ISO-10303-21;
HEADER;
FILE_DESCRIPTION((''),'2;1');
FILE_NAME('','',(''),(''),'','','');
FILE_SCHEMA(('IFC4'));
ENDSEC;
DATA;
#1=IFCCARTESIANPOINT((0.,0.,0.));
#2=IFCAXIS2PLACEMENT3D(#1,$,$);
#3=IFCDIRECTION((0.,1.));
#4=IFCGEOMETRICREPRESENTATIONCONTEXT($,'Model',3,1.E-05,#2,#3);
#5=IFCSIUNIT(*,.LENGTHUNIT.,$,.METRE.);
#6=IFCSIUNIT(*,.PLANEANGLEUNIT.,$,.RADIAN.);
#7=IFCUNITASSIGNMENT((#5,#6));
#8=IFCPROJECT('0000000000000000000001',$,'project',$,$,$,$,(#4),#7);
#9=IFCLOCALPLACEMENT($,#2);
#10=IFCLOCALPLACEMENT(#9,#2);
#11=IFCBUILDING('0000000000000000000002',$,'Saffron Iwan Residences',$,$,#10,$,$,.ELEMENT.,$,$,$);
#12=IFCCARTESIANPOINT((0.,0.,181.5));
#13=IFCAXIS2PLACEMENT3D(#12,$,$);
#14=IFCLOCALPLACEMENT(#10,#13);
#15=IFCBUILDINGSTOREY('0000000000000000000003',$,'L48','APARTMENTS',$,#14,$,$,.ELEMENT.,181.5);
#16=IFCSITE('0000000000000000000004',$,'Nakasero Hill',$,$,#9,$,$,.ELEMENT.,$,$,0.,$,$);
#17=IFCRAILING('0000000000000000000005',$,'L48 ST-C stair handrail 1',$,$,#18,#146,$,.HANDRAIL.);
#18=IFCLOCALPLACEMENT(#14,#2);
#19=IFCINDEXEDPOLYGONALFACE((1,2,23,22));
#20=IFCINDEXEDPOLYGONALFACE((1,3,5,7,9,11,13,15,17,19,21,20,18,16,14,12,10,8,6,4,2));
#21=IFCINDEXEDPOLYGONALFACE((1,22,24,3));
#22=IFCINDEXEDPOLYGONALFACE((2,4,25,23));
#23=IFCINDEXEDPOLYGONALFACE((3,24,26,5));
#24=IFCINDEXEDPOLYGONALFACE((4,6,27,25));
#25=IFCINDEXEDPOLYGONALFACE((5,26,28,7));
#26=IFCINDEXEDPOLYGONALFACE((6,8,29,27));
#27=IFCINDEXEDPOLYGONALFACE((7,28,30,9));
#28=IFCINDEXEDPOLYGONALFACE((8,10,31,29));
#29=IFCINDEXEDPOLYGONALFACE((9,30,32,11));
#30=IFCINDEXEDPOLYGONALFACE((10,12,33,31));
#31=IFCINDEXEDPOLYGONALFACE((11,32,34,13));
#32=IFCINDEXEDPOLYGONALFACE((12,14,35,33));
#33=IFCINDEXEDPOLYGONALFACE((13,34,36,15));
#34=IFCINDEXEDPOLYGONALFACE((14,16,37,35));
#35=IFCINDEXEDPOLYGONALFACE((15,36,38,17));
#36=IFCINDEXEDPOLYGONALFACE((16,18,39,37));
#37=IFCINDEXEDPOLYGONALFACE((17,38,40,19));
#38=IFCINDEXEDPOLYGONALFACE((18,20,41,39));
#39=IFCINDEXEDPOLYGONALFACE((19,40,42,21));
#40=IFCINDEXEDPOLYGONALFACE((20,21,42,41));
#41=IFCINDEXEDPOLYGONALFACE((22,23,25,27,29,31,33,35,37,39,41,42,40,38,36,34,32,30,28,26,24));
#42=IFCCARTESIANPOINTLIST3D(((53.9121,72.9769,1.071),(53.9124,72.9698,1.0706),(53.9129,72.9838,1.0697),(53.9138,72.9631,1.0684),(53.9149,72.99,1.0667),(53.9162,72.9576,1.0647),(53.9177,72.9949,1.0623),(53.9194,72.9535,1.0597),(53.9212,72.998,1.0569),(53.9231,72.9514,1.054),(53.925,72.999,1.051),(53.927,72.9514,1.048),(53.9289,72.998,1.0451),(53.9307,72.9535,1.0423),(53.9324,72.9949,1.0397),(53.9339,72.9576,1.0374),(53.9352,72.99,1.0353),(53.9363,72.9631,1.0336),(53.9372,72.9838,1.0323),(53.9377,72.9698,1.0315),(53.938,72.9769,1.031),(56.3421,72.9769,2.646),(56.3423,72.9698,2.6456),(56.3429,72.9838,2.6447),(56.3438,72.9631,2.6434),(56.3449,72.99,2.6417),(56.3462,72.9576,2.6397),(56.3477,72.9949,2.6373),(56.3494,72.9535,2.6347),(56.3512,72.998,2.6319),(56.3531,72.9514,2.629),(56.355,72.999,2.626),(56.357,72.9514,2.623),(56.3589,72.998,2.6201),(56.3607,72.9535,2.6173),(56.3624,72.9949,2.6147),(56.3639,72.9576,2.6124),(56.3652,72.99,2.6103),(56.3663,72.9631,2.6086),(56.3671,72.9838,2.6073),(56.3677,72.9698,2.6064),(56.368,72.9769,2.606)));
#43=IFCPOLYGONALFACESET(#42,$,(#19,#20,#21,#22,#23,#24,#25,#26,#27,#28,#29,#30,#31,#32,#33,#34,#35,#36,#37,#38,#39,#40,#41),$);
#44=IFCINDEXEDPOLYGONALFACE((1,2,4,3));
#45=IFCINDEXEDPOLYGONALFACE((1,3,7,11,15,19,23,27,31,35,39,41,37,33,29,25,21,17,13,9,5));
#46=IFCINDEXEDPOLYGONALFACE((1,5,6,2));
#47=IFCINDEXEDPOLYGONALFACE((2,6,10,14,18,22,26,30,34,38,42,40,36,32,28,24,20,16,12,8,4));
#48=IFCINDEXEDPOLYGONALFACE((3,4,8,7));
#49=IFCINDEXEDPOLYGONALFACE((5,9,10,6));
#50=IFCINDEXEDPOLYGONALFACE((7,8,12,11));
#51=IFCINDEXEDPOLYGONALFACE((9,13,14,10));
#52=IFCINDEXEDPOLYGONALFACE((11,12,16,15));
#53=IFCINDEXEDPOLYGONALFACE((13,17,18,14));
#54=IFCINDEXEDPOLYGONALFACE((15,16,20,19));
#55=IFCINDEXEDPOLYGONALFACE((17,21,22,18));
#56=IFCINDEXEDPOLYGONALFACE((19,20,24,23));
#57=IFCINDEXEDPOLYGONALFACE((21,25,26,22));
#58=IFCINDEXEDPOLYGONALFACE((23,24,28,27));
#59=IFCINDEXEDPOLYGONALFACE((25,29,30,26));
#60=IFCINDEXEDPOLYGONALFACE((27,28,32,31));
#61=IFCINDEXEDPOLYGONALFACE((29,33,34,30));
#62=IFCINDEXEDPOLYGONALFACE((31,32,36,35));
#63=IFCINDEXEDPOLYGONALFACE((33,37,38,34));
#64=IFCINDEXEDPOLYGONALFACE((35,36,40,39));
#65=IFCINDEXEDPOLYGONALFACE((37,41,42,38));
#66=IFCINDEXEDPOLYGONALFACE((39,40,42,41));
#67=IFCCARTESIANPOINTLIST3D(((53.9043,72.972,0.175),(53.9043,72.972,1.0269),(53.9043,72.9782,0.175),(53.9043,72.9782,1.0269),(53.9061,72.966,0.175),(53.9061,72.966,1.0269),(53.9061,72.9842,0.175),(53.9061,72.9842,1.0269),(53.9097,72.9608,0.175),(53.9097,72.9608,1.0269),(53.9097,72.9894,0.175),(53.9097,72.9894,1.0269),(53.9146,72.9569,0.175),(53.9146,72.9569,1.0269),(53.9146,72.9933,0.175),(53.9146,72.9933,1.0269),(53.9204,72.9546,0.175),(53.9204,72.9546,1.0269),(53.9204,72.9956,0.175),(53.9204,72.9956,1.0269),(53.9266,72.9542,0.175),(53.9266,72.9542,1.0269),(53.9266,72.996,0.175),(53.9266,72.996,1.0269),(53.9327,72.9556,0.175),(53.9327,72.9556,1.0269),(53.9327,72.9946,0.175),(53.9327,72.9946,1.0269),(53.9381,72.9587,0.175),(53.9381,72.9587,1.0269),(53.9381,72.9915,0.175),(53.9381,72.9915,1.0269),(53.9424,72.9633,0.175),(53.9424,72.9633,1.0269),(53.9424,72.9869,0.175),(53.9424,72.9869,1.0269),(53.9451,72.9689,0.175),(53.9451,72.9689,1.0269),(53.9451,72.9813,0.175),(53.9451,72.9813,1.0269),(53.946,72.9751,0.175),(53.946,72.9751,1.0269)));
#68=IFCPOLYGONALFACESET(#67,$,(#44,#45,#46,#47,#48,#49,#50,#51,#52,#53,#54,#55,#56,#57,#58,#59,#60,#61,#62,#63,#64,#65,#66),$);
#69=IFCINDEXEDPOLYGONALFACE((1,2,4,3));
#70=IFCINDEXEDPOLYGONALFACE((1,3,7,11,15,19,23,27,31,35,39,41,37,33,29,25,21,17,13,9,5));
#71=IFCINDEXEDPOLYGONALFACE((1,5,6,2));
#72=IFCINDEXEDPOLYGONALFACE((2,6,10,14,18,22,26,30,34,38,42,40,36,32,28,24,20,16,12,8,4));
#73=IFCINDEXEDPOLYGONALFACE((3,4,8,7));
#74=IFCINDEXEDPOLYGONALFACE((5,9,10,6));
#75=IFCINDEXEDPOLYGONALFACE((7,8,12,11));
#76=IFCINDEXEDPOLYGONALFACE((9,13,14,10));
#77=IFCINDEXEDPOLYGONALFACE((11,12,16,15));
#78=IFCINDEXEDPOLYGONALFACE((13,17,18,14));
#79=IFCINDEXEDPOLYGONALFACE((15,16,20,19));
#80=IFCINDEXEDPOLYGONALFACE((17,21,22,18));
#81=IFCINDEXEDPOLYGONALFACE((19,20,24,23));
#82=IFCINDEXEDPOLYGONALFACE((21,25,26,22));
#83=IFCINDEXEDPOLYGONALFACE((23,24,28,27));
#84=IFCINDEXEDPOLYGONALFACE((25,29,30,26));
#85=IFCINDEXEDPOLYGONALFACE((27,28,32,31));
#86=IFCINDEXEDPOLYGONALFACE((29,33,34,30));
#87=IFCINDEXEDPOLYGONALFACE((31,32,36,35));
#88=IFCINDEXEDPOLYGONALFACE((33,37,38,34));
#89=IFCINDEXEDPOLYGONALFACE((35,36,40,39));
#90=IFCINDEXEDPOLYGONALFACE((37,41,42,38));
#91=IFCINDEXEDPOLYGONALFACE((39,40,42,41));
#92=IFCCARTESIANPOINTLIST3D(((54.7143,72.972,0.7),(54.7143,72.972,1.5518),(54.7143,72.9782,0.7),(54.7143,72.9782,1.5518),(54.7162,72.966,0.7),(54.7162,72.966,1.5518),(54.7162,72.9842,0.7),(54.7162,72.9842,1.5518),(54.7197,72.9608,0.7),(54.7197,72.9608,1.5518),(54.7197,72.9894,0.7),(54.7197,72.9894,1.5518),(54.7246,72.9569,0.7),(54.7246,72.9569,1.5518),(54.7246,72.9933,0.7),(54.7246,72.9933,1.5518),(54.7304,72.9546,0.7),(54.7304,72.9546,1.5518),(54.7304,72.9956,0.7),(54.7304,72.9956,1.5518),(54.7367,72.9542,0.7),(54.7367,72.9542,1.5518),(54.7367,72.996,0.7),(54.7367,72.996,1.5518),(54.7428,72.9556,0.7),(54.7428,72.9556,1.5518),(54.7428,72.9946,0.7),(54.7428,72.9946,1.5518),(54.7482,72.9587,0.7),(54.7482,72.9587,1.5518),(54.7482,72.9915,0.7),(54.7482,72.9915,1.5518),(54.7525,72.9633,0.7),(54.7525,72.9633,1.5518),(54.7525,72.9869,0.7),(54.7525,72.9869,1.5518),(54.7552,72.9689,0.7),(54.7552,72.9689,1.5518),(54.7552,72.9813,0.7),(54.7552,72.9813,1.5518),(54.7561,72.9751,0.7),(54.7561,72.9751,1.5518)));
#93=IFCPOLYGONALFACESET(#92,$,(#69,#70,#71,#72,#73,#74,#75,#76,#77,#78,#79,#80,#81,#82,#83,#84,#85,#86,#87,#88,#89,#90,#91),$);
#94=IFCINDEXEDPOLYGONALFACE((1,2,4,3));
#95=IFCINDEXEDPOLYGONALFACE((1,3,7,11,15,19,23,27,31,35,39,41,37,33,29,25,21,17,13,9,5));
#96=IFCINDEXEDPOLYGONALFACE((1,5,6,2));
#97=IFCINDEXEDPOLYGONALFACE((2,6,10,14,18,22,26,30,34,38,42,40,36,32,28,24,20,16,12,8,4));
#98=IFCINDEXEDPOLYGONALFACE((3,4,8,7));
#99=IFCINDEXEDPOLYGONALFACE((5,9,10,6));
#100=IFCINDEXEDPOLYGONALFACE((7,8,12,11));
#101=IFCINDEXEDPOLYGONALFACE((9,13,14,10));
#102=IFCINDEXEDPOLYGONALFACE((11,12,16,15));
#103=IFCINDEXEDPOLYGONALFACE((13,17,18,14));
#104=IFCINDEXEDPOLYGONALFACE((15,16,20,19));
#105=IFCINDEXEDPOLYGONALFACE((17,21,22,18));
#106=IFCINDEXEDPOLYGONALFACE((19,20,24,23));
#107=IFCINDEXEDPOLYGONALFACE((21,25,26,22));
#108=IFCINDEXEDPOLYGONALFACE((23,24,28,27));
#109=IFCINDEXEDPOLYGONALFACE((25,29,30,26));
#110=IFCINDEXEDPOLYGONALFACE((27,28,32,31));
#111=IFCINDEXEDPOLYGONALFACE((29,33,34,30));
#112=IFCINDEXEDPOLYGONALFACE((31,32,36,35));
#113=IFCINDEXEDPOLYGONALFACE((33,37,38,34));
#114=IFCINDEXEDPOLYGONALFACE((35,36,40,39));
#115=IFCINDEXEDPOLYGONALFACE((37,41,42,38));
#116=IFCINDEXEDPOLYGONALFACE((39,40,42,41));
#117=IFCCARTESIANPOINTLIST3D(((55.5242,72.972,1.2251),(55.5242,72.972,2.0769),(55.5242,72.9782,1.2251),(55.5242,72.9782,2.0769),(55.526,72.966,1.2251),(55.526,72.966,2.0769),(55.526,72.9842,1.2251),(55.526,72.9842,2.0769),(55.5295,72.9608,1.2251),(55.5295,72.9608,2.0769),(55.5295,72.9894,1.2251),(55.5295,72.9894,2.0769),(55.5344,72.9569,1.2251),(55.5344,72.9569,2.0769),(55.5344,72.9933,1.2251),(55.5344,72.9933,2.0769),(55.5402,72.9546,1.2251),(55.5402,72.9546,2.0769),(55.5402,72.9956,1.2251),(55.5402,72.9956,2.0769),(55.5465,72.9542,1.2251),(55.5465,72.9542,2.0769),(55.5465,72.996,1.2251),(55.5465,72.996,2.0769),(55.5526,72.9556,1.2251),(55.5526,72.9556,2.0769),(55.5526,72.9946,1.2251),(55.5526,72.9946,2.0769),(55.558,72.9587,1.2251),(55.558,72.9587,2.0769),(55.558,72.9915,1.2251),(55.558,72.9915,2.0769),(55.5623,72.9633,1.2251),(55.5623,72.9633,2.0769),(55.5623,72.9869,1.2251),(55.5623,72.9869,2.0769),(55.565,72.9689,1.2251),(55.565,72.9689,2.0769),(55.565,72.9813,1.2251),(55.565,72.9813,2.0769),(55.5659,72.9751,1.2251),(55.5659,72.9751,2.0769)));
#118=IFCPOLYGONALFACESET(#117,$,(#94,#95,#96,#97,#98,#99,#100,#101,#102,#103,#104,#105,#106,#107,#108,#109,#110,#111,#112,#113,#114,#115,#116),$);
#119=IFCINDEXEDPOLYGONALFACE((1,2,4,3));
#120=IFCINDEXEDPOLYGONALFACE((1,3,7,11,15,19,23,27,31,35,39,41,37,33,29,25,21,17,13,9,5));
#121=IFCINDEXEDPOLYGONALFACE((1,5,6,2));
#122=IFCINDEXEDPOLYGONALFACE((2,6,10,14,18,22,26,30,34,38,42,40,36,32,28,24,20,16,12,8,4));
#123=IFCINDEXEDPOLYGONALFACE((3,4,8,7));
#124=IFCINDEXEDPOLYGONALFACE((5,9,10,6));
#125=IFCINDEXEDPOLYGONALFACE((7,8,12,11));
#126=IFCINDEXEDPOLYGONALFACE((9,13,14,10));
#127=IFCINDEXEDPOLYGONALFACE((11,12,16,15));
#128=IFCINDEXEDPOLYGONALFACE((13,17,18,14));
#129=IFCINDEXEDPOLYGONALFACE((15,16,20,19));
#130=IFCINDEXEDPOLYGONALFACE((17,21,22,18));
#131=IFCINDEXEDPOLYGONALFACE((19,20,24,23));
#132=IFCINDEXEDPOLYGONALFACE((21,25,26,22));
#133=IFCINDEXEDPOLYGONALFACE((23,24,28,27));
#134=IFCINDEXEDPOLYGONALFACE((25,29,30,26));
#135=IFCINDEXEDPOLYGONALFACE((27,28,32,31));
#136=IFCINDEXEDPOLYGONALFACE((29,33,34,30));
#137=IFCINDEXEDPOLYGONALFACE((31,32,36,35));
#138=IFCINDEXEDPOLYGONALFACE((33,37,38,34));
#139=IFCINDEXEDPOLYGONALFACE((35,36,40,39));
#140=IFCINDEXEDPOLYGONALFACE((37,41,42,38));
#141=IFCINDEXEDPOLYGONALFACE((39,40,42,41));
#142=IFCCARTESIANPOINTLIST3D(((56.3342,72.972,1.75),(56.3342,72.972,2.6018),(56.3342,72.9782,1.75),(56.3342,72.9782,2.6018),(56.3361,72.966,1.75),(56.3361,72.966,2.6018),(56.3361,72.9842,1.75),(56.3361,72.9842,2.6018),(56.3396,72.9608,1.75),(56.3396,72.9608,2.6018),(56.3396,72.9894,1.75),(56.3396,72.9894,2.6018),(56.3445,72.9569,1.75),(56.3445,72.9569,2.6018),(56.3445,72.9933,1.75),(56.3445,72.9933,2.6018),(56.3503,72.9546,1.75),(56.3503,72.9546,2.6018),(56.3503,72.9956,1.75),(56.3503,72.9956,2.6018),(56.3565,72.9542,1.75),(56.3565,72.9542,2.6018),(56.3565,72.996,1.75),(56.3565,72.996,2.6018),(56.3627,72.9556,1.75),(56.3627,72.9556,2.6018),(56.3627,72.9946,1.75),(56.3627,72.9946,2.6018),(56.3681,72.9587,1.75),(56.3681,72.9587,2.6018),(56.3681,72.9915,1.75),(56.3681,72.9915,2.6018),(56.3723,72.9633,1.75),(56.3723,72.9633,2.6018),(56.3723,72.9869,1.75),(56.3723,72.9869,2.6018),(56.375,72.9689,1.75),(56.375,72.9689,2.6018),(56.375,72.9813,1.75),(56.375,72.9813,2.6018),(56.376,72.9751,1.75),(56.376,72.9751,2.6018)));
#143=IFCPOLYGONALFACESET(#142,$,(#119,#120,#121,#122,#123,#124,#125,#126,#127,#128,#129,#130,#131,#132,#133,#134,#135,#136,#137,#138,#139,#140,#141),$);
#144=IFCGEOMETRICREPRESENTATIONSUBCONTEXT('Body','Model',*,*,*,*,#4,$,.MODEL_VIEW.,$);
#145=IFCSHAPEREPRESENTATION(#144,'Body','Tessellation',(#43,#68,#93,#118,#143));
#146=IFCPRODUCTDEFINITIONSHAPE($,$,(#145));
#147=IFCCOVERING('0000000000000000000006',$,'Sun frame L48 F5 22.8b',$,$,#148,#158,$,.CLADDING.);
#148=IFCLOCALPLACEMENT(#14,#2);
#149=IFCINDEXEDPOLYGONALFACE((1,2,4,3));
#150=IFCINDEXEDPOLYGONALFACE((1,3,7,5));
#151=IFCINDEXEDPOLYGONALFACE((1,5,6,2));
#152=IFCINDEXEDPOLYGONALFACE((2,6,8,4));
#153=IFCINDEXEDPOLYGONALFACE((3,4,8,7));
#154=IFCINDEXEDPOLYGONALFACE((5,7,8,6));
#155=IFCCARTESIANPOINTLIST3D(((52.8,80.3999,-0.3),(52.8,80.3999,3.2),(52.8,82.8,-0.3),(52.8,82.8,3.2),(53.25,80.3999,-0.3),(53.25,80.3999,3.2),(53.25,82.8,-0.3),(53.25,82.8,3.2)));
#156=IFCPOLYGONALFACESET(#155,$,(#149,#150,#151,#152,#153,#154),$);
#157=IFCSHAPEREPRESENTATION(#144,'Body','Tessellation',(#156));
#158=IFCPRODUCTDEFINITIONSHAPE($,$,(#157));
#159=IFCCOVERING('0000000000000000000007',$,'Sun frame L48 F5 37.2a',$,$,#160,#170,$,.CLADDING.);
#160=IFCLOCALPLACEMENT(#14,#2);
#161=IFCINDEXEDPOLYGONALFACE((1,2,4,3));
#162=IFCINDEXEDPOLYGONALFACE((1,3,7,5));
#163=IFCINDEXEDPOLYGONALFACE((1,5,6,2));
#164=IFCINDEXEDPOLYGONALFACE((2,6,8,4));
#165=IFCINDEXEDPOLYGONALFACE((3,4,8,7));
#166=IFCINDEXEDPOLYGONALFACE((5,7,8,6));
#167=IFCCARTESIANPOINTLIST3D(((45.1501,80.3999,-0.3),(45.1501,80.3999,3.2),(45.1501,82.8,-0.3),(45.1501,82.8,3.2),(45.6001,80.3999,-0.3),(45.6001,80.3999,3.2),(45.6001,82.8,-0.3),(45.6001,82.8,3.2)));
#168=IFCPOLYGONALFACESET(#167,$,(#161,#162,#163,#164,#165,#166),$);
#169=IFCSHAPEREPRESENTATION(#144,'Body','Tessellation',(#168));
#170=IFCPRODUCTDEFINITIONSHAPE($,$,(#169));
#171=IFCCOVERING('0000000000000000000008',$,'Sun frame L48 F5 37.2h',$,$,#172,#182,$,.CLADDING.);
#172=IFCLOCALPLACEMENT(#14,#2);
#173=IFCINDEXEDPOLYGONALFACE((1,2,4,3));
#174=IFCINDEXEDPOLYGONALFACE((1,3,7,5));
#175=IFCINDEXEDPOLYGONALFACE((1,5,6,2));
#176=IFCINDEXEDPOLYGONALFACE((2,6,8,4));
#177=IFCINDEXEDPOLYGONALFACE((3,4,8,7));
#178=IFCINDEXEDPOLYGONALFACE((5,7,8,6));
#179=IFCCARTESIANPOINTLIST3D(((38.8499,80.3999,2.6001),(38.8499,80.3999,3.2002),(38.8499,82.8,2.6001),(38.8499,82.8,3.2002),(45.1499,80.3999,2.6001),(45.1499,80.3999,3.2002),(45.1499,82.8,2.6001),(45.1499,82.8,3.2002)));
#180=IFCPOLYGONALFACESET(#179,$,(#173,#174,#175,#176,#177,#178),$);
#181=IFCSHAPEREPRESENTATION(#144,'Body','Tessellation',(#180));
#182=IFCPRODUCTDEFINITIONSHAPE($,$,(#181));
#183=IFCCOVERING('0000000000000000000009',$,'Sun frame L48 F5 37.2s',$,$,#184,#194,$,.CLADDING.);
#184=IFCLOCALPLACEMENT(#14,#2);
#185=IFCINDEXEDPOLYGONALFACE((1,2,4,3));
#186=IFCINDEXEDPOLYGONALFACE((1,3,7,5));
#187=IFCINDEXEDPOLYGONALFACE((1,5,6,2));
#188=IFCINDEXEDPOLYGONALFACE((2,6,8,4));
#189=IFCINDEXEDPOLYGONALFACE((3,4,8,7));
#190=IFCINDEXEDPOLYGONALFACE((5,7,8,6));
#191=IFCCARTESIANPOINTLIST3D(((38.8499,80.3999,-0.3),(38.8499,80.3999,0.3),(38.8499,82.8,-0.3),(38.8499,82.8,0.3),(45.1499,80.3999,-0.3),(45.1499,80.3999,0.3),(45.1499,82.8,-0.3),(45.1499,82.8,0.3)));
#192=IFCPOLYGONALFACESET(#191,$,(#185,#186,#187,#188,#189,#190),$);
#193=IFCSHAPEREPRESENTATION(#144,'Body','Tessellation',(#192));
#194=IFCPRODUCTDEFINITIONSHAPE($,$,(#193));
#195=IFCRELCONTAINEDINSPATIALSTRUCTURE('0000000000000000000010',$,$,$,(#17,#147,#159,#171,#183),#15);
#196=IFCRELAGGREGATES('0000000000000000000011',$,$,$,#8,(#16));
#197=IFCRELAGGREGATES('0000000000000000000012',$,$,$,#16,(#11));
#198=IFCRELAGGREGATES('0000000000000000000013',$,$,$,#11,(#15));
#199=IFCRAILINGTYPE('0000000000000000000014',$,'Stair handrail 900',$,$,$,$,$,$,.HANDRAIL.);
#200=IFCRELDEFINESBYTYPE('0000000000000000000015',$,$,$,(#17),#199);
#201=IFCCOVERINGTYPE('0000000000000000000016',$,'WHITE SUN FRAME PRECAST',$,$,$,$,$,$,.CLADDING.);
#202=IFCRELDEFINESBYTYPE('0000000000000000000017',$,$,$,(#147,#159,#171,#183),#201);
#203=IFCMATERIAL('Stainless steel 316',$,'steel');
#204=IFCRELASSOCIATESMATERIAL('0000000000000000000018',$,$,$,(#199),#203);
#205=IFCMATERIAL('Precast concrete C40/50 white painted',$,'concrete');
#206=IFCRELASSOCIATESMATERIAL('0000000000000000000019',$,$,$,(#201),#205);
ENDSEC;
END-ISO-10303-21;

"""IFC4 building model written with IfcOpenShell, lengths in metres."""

from ifc_helpers import new_model, si_unit, direction, frame, origin, origin_2d, place, context, subcontext, project, spatial, polyline, circle, outline, extrude, material, type_object, element, save


model = new_model("IFC4")

# Units and contexts
model_context = context("Model", 3, precision=1e-05, world=origin(), true_north=direction((0.0, 1.0)))
body_context = subcontext(model_context, "Body", "Model", "MODEL_VIEW")
ifc_project = project(units=[si_unit("LENGTHUNIT", "METRE"), si_unit("PLANEANGLEUNIT", "RADIAN")], contexts=[model_context])

# Site, building, storey
site_placement = place(None, origin())
site = spatial("IfcSite", under=ifc_project, at=site_placement, Name="Nakasero Hill", CompositionType="ELEMENT", RefElevation=0.0)
building_placement = place(site_placement, origin())
building = spatial("IfcBuilding", under=site, at=building_placement, Name="Saffron Iwan Residences", CompositionType="ELEMENT")
storey_placement = place(building_placement, frame((0.0, 0.0, 181.5)))
storey = spatial("IfcBuildingStorey", under=building, at=storey_placement, Name="L48", Description="APARTMENTS", CompositionType="ELEMENT", Elevation=181.5)

# Railing
ifc_material_1 = material(Name="Stainless steel 316", Category="steel")
railing_type_1 = type_object("IfcRailingType", Name="Stair handrail 900", PredefinedType="HANDRAIL", material=ifc_material_1)
railing_1_placement = place(storey_placement, frame((53.925, 72.9751, 0.175)))
element("IfcRailing", 1, at=railing_1_placement, inside=storey, type_object=railing_type_1, Name="L48 ST-C stair handrail 1", PredefinedType="HANDRAIL", context=body_context, shape_type="SweptSolid", body=[
    extrude(circle(Radius=0.0239, at=origin_2d()), frame((0.0, 0.0, 0.876), z_axis=(0.839154, 0.0, 0.543894), x_axis=(0.0, 1.0, 0.0)), (0.0, 0.0, 1.0), 2.8958),
    extrude(circle(Radius=0.021, at=origin_2d()), origin(), (0.0, 0.0, 1.0), 0.8518),
    extrude(circle(Radius=0.021, at=origin_2d()), frame((0.8101, 0.0, 0.5249)), (0.0, 0.0, 1.0), 0.8518),
    extrude(circle(Radius=0.021, at=origin_2d()), frame((1.6199, 0.0, 1.05)), (0.0, 0.0, 1.0), 0.8518),
    extrude(circle(Radius=0.021, at=origin_2d()), frame((2.4299, 0.0, 1.575)), (0.0, 0.0, 1.0), 0.8518),
])

# Coverings
ifc_material_2 = material(Name="Precast concrete C40/50 white painted", Category="concrete")
covering_type_1 = type_object("IfcCoveringType", Name="WHITE SUN FRAME PRECAST", PredefinedType="CLADDING", material=ifc_material_2)
for number, where, z_axis, x_axis, name in (
    (2, (53.25, 80.3999, -0.3), (0.0, 1.0, 0.0), (-1.0, 0.0, 0.0), "Sun frame L48 F5 22.8b"),
    (3, (45.6001, 80.3999, -0.3), (0.0, 1.0, 0.0), (-1.0, 0.0, 0.0), "Sun frame L48 F5 37.2a"),
):
    element("IfcCovering", number, at=place(storey_placement, frame(where, z_axis=z_axis, x_axis=x_axis)), inside=storey, type_object=covering_type_1, Name=name, PredefinedType="CLADDING", context=body_context, shape_type="SweptSolid", body=[
        extrude(outline(polyline([(0.0, 0.0), (0.45, 0.0), (0.45, 3.5), (0.0, 3.5), (0.0, 0.0)])), origin(), (0.0, 0.0, 1.0), 2.4001),
    ])
for number, where, z_axis, x_axis, name in (
    (4, (45.1499, 80.3999, 2.6001), (0.0, 1.0, 0.0), (-1.0, 0.0, 0.0), "Sun frame L48 F5 37.2h"),
    (5, (45.1499, 80.3999, -0.3), (0.0, 1.0, 0.0), (-1.0, 0.0, 0.0), "Sun frame L48 F5 37.2s"),
):
    element("IfcCovering", number, at=place(storey_placement, frame(where, z_axis=z_axis, x_axis=x_axis)), inside=storey, type_object=covering_type_1, Name=name, PredefinedType="CLADDING", context=body_context, shape_type="SweptSolid", body=[
        extrude(outline(polyline([(0.0, 0.0), (6.3, 0.0), (6.3, 0.6001), (0.0, 0.6001), (0.0, 0.0)])), origin(), (0.0, 0.0, 1.0), 2.4001),
    ])

save(model, "model.ifc")
